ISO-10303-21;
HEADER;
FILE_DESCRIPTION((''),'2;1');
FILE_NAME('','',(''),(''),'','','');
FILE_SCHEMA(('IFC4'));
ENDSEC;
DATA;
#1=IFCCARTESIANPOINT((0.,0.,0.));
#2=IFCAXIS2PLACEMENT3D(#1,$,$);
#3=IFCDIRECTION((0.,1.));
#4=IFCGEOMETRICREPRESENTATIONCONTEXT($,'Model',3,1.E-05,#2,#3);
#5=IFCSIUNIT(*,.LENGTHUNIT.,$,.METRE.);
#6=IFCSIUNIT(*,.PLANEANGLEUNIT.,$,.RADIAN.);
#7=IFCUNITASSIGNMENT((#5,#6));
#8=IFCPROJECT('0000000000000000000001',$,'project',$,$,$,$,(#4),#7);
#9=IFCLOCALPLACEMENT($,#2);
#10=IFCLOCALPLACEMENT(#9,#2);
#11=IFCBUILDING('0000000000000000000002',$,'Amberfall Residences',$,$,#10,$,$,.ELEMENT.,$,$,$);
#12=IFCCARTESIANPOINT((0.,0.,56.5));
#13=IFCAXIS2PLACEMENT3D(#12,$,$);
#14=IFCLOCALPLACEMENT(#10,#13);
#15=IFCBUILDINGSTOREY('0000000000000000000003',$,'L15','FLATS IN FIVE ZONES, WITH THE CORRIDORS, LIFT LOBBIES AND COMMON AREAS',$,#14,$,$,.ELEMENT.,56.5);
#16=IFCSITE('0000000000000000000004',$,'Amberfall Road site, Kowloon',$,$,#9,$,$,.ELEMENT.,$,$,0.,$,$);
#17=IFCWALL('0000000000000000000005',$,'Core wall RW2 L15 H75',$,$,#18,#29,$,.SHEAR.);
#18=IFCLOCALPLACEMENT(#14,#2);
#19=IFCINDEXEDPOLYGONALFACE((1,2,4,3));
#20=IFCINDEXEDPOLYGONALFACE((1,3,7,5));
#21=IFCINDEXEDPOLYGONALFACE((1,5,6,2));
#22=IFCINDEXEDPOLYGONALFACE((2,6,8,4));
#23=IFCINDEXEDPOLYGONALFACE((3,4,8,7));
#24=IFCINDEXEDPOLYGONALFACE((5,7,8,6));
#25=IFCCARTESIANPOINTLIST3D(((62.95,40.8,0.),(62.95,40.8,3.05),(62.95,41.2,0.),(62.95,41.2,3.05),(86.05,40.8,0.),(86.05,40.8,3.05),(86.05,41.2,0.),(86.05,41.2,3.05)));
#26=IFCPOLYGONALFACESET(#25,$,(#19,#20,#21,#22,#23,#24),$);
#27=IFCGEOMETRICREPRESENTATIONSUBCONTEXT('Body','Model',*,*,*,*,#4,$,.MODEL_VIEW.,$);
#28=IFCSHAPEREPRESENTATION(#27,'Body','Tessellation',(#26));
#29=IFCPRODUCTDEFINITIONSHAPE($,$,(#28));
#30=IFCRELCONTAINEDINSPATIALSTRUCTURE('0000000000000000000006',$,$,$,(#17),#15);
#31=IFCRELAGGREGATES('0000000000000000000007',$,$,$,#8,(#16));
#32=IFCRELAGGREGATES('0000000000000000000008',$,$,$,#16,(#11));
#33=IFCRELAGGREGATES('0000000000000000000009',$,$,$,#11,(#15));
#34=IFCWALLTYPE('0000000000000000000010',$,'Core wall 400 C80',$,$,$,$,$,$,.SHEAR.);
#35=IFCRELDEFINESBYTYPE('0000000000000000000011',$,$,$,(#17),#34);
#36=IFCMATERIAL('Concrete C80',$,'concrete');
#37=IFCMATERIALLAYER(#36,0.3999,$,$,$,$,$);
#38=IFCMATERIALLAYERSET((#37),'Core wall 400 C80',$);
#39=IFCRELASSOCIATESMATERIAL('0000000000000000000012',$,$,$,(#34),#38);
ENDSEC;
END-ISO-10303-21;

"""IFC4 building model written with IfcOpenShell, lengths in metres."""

from ifc_helpers import new_model, si_unit, direction, frame, frame_2d, origin, place, context, subcontext, project, spatial, rectangle, extrude, material, layer, layer_set, type_object, element, save


model = new_model("IFC4")

# Units and contexts
model_context = context("Model", 3, precision=1e-05, world=origin(), true_north=direction((0.0, 1.0)))
body_context = subcontext(model_context, "Body", "Model", "MODEL_VIEW")
ifc_project = project(units=[si_unit("LENGTHUNIT", "METRE"), si_unit("PLANEANGLEUNIT", "RADIAN")], contexts=[model_context])

# Site, building, storey
site_placement = place(None, origin())
site = spatial("IfcSite", under=ifc_project, at=site_placement, Name="Amberfall Road site, Kowloon", CompositionType="ELEMENT", RefElevation=0.0)
building_placement = place(site_placement, origin())
building = spatial("IfcBuilding", under=site, at=building_placement, Name="Amberfall Residences", CompositionType="ELEMENT")
storey_placement = place(building_placement, frame((0.0, 0.0, 56.5)))
storey = spatial("IfcBuildingStorey", under=building, at=storey_placement, Name="L15", Description="FLATS IN FIVE ZONES, WITH THE CORRIDORS, LIFT LOBBIES AND COMMON AREAS", CompositionType="ELEMENT", Elevation=56.5)

# Wall
ifc_material_1 = material(Name="Concrete C80", Category="concrete")
ifc_layer_1 = layer(ifc_material_1, 0.3999)
ifc_layer_set_1 = layer_set([ifc_layer_1], Name="Core wall 400 C80")
wall_type_1 = type_object("IfcWallType", Name="Core wall 400 C80", PredefinedType="SHEAR", material=ifc_layer_set_1)
wall_1_placement = place(storey_placement, frame((62.95, 41.0, 0.0), z_axis=(0.0, 0.0, 1.0), x_axis=(1.0, 0.0, 0.0)))
element("IfcWall", 1, at=wall_1_placement, inside=storey, type_object=wall_type_1, Name="Core wall RW2 L15 H75", PredefinedType="SHEAR", context=body_context, shape_type="SweptSolid", body=[
    extrude(rectangle(XDim=23.1001, YDim=0.3999, at=frame_2d((11.55, 0.0))), origin(), (0.0, 0.0, 1.0), 3.05),
])

save(model, "model.ifc")
